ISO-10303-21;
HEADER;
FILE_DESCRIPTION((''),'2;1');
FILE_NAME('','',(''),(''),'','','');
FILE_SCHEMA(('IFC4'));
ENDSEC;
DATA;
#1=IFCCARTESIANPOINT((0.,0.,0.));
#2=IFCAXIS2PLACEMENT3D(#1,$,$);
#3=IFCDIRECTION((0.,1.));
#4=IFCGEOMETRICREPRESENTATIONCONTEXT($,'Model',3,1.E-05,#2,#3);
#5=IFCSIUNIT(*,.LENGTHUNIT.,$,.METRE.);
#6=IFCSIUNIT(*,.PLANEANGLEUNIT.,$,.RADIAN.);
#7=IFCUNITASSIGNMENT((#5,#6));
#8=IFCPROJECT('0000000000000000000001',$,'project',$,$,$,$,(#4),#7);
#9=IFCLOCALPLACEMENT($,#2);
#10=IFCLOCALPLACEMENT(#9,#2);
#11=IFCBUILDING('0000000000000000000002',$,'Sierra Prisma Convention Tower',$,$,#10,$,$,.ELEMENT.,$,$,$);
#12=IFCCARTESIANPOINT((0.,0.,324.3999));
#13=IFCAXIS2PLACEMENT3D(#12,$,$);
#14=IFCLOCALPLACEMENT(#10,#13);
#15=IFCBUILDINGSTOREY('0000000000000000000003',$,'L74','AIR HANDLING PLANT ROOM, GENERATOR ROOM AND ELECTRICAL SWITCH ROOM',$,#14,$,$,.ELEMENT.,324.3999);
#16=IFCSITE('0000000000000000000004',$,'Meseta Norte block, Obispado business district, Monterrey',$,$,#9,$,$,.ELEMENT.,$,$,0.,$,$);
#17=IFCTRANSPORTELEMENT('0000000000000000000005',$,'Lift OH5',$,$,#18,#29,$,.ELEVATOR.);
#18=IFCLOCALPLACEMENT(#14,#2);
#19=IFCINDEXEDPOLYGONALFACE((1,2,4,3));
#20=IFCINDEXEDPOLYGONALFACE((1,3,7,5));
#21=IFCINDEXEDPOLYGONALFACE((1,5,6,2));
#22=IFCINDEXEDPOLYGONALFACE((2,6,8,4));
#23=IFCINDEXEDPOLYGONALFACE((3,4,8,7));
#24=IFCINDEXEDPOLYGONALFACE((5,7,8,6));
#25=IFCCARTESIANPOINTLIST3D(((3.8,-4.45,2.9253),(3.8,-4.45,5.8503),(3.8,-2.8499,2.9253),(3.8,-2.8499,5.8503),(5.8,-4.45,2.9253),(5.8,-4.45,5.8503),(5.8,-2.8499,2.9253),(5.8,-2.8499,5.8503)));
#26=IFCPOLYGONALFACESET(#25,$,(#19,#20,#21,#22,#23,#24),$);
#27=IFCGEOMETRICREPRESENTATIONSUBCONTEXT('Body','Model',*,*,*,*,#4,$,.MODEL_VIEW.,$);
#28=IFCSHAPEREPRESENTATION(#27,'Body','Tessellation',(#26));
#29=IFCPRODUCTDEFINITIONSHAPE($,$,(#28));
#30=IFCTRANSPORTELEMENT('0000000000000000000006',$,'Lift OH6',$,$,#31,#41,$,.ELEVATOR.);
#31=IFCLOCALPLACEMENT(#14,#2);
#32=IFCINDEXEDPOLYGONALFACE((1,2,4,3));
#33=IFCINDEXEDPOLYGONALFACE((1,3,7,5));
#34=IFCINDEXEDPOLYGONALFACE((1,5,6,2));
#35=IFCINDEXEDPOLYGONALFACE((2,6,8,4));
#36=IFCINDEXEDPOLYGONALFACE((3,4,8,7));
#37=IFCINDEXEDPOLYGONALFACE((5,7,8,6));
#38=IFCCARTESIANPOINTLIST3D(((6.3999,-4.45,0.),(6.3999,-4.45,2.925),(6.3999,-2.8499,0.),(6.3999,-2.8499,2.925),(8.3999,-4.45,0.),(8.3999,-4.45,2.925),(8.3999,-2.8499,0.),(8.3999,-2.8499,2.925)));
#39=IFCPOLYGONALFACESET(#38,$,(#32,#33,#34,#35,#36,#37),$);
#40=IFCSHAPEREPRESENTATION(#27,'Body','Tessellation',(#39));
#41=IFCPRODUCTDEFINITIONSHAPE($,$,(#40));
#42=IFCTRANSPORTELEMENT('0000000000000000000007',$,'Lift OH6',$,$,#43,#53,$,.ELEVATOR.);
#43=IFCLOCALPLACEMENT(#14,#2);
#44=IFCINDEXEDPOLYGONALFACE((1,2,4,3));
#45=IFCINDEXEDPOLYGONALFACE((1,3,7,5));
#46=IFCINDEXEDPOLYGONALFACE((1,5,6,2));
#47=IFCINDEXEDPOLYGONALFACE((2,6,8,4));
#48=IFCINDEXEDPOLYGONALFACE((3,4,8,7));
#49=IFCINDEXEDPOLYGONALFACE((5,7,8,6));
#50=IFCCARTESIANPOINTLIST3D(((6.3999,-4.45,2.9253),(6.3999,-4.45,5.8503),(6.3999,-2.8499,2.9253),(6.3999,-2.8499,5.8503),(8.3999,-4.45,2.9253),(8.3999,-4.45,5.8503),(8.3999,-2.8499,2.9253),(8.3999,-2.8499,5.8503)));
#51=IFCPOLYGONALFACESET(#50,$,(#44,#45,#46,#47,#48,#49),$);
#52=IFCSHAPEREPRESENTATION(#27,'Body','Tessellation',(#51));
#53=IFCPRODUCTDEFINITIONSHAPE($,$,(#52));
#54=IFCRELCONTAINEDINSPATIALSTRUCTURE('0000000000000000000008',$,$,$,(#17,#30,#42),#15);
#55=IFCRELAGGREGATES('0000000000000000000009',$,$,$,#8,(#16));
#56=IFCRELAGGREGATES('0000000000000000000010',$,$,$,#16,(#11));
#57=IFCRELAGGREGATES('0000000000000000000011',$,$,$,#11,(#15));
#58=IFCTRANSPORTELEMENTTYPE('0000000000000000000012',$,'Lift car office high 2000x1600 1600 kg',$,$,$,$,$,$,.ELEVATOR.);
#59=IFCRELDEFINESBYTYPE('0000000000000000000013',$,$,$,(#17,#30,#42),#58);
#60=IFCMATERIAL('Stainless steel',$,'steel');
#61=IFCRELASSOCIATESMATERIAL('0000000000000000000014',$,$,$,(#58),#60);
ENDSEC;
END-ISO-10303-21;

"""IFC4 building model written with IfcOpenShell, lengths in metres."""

from ifc_helpers import new_model, si_unit, direction, frame, origin, origin_2d, place, context, subcontext, project, spatial, rectangle, extrude, material, type_object, element, save


model = new_model("IFC4")

# Units and contexts
model_context = context("Model", 3, precision=1e-05, world=origin(), true_north=direction((0.0, 1.0)))
body_context = subcontext(model_context, "Body", "Model", "MODEL_VIEW")
ifc_project = project(units=[si_unit("LENGTHUNIT", "METRE"), si_unit("PLANEANGLEUNIT", "RADIAN")], contexts=[model_context])

# Site, building, storey
site_placement = place(None, origin())
site = spatial("IfcSite", under=ifc_project, at=site_placement, Name="Meseta Norte block, Obispado business district, Monterrey", CompositionType="ELEMENT", RefElevation=0.0)
building_placement = place(site_placement, origin())
building = spatial("IfcBuilding", under=site, at=building_placement, Name="Sierra Prisma Convention Tower", CompositionType="ELEMENT")
storey_placement = place(building_placement, frame((0.0, 0.0, 324.3999)))
storey = spatial("IfcBuildingStorey", under=building, at=storey_placement, Name="L74", Description="AIR HANDLING PLANT ROOM, GENERATOR ROOM AND ELECTRICAL SWITCH ROOM", CompositionType="ELEMENT", Elevation=324.3999)

# Transport elements
ifc_material_1 = material(Name="Stainless steel", Category="steel")
transport_element_type = type_object("IfcTransportElementType", Name="Lift car office high 2000x1600 1600 kg", PredefinedType="ELEVATOR", material=ifc_material_1)
for number, where, z_axis, x_axis, name in (
    (1, (4.8, -3.6499, 2.9253), (0.0, 0.0, 1.0), (1.0, 0.0, 0.0), "Lift OH5"),
    (2, (7.3999, -3.6499, 0.0), (0.0, 0.0, 1.0), (1.0, 0.0, 0.0), "Lift OH6"),
    (3, (7.3999, -3.6499, 2.9253), (0.0, 0.0, 1.0), (1.0, 0.0, 0.0), "Lift OH6"),
):
    element("IfcTransportElement", number, at=place(storey_placement, frame(where, z_axis=z_axis, x_axis=x_axis)), inside=storey, type_object=transport_element_type, Name=name, PredefinedType="ELEVATOR", context=body_context, shape_type="SweptSolid", body=[
        extrude(rectangle(XDim=2.0, YDim=1.6001, at=origin_2d()), origin(), (0.0, 0.0, 1.0), 2.925),
    ])

save(model, "model.ifc")
